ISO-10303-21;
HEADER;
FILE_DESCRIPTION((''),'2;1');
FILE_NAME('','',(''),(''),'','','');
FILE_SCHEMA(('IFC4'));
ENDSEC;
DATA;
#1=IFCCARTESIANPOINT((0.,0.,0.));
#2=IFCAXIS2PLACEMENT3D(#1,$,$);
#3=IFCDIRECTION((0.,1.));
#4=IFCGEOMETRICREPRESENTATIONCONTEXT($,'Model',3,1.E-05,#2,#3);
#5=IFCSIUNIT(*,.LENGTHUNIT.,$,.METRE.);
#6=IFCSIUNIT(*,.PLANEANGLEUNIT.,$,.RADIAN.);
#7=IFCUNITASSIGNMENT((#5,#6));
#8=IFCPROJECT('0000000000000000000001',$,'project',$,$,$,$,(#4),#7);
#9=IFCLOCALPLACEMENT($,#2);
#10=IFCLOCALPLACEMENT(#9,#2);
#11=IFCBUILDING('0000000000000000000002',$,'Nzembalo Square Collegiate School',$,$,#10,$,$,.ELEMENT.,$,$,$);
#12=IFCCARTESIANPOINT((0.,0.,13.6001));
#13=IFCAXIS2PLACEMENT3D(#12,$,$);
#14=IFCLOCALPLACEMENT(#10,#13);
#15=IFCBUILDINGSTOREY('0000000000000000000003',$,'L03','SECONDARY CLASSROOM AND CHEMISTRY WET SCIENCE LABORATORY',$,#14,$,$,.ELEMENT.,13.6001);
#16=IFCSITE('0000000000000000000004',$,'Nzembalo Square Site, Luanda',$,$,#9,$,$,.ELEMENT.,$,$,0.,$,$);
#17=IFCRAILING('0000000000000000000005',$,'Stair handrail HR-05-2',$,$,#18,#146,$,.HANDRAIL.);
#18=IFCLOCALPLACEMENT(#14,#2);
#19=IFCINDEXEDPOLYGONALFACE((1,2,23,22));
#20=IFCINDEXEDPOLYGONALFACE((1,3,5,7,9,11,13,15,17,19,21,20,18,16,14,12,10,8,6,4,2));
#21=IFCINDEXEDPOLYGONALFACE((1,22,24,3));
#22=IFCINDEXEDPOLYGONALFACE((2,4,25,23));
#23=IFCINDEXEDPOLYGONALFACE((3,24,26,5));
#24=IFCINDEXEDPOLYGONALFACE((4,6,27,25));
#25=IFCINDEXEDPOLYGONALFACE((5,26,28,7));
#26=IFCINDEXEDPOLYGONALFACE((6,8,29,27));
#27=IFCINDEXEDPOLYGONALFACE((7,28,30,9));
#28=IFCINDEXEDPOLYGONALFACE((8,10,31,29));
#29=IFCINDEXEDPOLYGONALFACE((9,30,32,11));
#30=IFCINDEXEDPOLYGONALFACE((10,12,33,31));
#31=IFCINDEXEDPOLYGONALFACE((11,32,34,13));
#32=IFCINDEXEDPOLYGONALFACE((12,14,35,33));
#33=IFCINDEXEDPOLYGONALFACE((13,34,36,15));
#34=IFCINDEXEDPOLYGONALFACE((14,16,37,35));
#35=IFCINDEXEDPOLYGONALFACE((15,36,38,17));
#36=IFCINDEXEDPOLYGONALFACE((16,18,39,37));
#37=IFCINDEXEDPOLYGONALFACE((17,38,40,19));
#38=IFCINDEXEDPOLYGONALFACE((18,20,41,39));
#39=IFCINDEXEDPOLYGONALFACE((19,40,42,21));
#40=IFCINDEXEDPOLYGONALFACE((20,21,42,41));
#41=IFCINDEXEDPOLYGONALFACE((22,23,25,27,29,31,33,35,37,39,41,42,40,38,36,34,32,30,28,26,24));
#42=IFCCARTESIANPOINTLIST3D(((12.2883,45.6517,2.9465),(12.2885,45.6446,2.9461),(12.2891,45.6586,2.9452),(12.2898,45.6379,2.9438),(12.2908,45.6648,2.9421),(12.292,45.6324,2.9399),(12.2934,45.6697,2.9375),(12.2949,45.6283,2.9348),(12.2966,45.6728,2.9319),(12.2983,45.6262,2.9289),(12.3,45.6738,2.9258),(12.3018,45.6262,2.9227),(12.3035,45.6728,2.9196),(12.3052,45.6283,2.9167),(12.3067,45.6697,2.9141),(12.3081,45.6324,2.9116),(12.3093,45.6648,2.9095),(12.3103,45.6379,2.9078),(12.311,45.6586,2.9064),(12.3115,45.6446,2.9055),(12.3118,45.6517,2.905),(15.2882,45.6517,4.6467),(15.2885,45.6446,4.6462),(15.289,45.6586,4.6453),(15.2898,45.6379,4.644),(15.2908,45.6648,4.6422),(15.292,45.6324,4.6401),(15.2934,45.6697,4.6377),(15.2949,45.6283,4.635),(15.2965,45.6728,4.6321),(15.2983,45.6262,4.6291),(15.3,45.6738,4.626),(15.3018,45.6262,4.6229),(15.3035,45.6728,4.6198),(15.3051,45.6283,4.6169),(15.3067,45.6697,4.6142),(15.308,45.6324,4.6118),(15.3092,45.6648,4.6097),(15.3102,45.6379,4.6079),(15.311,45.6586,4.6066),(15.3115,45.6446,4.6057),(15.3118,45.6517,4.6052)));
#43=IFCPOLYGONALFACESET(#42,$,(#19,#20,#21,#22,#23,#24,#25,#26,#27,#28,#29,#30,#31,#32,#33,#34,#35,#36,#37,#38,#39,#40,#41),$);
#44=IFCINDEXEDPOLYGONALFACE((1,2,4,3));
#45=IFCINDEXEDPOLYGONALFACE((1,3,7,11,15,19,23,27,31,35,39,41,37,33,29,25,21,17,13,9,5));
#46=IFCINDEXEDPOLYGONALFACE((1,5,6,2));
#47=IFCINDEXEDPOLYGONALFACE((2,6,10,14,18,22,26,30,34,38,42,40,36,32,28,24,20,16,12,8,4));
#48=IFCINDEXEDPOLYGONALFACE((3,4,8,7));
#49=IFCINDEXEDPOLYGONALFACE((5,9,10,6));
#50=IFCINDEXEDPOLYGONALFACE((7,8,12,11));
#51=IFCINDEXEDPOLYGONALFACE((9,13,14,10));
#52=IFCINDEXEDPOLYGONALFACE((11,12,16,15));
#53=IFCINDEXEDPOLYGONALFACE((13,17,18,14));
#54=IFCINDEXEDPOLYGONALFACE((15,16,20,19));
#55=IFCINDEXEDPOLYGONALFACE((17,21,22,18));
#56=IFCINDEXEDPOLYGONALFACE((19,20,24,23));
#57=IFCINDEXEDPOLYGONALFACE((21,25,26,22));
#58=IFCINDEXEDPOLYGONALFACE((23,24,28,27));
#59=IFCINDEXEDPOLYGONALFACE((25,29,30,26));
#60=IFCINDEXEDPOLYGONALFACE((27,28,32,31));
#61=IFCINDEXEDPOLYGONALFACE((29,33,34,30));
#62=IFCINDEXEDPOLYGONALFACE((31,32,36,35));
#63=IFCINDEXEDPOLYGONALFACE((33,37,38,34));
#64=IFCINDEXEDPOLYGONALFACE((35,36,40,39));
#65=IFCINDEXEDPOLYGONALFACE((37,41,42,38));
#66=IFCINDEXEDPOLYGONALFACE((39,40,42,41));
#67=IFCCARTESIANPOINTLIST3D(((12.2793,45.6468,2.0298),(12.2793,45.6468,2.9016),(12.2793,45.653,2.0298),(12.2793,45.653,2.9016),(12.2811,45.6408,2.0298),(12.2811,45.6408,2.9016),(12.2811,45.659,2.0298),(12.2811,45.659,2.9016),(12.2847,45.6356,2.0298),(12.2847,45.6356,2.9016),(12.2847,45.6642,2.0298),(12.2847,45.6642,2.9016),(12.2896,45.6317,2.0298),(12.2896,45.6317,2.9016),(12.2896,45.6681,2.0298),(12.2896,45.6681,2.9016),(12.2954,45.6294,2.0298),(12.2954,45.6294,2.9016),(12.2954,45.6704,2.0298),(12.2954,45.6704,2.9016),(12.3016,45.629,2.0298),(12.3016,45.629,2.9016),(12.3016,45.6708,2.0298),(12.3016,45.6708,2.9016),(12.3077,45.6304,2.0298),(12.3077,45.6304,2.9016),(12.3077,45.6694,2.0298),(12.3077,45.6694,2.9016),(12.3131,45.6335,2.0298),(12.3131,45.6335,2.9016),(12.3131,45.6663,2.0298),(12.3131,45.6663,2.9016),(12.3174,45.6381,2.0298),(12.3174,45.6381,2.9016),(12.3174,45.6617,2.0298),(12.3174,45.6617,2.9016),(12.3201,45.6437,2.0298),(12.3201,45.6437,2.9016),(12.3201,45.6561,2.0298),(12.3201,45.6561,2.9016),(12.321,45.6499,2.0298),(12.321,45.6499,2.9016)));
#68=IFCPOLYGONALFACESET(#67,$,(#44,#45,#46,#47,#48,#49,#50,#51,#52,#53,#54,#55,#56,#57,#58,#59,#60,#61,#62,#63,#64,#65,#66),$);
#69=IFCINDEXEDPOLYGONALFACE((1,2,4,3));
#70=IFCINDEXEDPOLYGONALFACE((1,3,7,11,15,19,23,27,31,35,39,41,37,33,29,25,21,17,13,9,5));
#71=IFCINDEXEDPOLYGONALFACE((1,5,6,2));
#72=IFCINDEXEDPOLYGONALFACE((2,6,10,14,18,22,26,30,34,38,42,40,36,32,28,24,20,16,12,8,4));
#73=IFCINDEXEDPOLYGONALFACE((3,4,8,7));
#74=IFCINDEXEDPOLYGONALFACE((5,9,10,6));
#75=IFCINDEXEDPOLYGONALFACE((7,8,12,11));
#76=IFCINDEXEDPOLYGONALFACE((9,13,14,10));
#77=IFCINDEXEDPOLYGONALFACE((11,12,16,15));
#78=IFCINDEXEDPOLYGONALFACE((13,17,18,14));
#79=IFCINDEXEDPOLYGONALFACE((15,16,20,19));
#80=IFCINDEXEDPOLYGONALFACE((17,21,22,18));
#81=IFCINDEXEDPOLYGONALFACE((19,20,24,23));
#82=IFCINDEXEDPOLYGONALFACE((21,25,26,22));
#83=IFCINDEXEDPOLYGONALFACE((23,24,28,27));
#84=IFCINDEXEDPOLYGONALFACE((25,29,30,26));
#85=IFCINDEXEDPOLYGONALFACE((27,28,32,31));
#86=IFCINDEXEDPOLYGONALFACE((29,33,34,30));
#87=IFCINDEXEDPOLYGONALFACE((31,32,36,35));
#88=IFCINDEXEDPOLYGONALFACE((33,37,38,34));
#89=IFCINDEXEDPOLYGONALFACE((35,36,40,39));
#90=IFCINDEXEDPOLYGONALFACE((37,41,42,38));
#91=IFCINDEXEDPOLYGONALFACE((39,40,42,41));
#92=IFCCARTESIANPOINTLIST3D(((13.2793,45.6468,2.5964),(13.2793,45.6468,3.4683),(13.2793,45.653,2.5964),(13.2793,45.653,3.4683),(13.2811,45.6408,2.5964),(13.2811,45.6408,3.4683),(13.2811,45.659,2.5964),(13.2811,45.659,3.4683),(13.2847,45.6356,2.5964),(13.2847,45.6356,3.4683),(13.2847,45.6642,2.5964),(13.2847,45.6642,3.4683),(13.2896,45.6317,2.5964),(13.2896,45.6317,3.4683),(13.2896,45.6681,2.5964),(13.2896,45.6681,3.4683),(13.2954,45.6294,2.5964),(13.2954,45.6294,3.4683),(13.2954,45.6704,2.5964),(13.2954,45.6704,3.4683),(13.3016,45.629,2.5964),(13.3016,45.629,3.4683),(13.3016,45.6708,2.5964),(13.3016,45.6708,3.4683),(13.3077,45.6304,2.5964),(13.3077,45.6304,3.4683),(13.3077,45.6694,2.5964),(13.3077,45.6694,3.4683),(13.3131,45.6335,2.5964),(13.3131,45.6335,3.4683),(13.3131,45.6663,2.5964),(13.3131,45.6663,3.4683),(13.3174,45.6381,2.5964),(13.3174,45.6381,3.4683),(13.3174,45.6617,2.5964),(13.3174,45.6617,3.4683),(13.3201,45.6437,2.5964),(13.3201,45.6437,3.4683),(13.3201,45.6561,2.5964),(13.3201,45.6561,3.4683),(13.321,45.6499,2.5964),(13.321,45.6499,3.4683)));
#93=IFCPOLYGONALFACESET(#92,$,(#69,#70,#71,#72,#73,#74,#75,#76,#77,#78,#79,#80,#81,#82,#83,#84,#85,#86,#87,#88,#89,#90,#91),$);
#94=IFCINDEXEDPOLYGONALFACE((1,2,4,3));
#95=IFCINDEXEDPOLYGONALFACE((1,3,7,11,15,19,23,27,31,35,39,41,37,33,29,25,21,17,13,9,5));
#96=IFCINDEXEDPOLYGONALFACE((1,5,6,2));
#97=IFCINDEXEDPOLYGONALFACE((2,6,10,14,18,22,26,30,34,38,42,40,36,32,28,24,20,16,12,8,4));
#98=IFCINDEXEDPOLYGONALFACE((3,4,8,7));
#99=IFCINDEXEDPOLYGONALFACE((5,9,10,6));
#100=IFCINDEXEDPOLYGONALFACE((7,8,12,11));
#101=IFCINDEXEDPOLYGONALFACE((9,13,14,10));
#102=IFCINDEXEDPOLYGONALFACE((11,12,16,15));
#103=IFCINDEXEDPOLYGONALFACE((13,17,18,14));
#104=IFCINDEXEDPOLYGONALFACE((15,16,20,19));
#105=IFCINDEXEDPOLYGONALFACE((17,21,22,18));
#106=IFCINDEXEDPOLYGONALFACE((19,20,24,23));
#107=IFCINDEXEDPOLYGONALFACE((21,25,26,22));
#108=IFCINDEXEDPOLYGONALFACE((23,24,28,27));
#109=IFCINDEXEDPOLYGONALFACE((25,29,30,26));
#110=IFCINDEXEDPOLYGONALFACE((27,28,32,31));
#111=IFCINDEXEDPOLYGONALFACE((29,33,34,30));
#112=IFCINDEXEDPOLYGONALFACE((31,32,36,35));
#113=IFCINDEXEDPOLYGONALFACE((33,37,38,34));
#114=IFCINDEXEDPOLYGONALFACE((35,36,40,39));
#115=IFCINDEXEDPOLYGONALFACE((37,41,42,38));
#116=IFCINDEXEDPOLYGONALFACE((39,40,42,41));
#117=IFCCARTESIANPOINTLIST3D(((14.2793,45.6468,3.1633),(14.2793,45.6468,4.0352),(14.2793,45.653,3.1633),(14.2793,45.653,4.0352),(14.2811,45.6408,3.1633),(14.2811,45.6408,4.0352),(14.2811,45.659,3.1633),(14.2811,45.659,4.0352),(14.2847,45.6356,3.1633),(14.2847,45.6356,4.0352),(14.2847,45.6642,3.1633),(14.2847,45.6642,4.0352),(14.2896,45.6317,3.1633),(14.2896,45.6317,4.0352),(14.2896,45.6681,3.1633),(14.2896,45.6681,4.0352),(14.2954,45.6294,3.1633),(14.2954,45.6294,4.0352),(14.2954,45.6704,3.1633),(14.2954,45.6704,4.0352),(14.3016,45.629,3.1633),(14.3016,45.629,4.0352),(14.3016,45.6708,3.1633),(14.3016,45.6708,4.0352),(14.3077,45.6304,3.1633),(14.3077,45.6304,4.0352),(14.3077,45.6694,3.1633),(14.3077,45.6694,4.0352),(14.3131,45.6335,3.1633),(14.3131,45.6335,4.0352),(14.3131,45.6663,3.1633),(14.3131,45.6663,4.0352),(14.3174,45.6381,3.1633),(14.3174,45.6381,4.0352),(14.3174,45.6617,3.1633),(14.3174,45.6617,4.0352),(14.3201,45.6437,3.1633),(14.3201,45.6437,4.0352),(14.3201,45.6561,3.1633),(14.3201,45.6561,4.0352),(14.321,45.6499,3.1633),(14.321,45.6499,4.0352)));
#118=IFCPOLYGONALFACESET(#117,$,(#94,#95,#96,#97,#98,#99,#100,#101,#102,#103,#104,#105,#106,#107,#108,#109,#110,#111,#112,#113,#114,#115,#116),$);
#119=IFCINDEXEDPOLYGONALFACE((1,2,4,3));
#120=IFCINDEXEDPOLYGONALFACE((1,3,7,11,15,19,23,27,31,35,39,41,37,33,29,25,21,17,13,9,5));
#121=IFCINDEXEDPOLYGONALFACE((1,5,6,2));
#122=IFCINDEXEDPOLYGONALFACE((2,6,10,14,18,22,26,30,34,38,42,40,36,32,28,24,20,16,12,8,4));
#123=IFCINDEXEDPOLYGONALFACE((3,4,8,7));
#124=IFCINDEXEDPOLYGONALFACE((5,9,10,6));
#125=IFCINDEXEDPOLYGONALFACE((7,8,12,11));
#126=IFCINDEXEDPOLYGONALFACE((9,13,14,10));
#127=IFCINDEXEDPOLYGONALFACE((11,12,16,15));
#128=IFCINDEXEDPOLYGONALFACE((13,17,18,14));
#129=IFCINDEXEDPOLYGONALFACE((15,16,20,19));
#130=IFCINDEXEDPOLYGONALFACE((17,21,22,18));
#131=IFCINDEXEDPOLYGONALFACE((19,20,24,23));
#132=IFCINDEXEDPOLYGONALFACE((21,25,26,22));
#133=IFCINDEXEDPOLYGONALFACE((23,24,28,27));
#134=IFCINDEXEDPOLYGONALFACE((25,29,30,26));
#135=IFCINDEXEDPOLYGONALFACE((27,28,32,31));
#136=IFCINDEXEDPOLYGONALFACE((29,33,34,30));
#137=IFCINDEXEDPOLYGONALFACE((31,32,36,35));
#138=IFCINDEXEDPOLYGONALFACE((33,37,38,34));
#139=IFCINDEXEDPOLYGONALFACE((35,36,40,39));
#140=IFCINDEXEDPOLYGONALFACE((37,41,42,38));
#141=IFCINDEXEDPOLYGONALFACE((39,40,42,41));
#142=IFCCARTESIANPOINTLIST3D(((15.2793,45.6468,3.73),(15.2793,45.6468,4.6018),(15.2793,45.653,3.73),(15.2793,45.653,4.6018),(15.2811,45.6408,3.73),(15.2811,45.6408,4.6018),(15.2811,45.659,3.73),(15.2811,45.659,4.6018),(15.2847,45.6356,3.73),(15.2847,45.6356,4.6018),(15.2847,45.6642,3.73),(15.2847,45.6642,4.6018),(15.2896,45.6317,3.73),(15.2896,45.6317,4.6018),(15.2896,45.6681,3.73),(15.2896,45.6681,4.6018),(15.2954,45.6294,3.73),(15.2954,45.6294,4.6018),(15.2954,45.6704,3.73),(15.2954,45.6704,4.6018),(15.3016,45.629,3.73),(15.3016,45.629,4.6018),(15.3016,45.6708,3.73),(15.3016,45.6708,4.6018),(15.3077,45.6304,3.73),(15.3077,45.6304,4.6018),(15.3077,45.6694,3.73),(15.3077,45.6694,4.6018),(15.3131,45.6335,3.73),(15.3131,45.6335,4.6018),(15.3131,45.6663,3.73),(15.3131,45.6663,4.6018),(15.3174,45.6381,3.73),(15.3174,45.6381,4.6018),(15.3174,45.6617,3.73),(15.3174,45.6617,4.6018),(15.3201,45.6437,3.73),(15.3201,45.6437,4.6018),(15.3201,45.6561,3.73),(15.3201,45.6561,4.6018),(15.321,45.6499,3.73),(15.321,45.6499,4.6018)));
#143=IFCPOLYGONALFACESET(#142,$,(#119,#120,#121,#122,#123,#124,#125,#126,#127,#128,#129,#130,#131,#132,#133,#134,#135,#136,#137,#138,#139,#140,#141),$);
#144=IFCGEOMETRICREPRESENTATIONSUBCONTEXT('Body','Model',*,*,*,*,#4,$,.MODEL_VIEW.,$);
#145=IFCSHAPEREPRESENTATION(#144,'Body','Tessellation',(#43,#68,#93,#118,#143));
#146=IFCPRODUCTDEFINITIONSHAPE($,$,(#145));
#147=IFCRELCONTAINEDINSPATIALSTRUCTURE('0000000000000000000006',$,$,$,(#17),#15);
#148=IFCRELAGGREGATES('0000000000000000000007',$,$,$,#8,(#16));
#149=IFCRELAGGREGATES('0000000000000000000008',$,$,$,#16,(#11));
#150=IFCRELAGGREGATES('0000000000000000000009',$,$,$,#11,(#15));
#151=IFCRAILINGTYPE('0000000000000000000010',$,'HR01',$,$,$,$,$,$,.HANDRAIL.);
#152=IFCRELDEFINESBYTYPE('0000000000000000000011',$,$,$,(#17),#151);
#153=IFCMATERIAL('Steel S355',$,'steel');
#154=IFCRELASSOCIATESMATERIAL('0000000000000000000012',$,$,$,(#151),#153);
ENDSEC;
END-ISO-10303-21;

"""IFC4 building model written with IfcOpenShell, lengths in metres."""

from ifc_helpers import new_model, si_unit, direction, frame, origin, origin_2d, place, context, subcontext, project, spatial, circle, extrude, material, type_object, element, save


model = new_model("IFC4")

# Units and contexts
model_context = context("Model", 3, precision=1e-05, world=origin(), true_north=direction((0.0, 1.0)))
body_context = subcontext(model_context, "Body", "Model", "MODEL_VIEW")
ifc_project = project(units=[si_unit("LENGTHUNIT", "METRE"), si_unit("PLANEANGLEUNIT", "RADIAN")], contexts=[model_context])

# Site, building, storey
site_placement = place(None, origin())
site = spatial("IfcSite", under=ifc_project, at=site_placement, Name="Nzembalo Square Site, Luanda", CompositionType="ELEMENT", RefElevation=0.0)
building_placement = place(site_placement, origin())
building = spatial("IfcBuilding", under=site, at=building_placement, Name="Nzembalo Square Collegiate School", CompositionType="ELEMENT")
storey_placement = place(building_placement, frame((0.0, 0.0, 13.6001)))
storey = spatial("IfcBuildingStorey", under=building, at=storey_placement, Name="L03", Description="SECONDARY CLASSROOM AND CHEMISTRY WET SCIENCE LABORATORY", CompositionType="ELEMENT", Elevation=13.6001)

# Railing
ifc_material_1 = material(Name="Steel S355", Category="steel")
railing_type_1 = type_object("IfcRailingType", Name="HR01", PredefinedType="HANDRAIL", material=ifc_material_1)
railing_1_placement = place(storey_placement, frame((12.3, 45.6499, 2.0298)))
element("IfcRailing", 1, at=railing_1_placement, inside=storey, type_object=railing_type_1, Name="Stair handrail HR-05-2", PredefinedType="HANDRAIL", context=body_context, shape_type="SweptSolid", body=[
    extrude(circle(Radius=0.0239, at=origin_2d()), frame((0.0, 0.0, 0.896), z_axis=(0.869998, 0.0, 0.493055), x_axis=(0.0, 1.0, 0.0)), (0.0, 0.0, 1.0), 3.4482),
    extrude(circle(Radius=0.021, at=origin_2d()), origin(), (0.0, 0.0, 1.0), 0.8718),
    extrude(circle(Radius=0.021, at=origin_2d()), frame((1.0, 0.0, 0.5667)), (0.0, 0.0, 1.0), 0.8718),
    extrude(circle(Radius=0.021, at=origin_2d()), frame((2.0, 0.0, 1.1335)), (0.0, 0.0, 1.0), 0.8718),
    extrude(circle(Radius=0.021, at=origin_2d()), frame((3.0, 0.0, 1.7002)), (0.0, 0.0, 1.0), 0.8718),
])

save(model, "model.ifc")
